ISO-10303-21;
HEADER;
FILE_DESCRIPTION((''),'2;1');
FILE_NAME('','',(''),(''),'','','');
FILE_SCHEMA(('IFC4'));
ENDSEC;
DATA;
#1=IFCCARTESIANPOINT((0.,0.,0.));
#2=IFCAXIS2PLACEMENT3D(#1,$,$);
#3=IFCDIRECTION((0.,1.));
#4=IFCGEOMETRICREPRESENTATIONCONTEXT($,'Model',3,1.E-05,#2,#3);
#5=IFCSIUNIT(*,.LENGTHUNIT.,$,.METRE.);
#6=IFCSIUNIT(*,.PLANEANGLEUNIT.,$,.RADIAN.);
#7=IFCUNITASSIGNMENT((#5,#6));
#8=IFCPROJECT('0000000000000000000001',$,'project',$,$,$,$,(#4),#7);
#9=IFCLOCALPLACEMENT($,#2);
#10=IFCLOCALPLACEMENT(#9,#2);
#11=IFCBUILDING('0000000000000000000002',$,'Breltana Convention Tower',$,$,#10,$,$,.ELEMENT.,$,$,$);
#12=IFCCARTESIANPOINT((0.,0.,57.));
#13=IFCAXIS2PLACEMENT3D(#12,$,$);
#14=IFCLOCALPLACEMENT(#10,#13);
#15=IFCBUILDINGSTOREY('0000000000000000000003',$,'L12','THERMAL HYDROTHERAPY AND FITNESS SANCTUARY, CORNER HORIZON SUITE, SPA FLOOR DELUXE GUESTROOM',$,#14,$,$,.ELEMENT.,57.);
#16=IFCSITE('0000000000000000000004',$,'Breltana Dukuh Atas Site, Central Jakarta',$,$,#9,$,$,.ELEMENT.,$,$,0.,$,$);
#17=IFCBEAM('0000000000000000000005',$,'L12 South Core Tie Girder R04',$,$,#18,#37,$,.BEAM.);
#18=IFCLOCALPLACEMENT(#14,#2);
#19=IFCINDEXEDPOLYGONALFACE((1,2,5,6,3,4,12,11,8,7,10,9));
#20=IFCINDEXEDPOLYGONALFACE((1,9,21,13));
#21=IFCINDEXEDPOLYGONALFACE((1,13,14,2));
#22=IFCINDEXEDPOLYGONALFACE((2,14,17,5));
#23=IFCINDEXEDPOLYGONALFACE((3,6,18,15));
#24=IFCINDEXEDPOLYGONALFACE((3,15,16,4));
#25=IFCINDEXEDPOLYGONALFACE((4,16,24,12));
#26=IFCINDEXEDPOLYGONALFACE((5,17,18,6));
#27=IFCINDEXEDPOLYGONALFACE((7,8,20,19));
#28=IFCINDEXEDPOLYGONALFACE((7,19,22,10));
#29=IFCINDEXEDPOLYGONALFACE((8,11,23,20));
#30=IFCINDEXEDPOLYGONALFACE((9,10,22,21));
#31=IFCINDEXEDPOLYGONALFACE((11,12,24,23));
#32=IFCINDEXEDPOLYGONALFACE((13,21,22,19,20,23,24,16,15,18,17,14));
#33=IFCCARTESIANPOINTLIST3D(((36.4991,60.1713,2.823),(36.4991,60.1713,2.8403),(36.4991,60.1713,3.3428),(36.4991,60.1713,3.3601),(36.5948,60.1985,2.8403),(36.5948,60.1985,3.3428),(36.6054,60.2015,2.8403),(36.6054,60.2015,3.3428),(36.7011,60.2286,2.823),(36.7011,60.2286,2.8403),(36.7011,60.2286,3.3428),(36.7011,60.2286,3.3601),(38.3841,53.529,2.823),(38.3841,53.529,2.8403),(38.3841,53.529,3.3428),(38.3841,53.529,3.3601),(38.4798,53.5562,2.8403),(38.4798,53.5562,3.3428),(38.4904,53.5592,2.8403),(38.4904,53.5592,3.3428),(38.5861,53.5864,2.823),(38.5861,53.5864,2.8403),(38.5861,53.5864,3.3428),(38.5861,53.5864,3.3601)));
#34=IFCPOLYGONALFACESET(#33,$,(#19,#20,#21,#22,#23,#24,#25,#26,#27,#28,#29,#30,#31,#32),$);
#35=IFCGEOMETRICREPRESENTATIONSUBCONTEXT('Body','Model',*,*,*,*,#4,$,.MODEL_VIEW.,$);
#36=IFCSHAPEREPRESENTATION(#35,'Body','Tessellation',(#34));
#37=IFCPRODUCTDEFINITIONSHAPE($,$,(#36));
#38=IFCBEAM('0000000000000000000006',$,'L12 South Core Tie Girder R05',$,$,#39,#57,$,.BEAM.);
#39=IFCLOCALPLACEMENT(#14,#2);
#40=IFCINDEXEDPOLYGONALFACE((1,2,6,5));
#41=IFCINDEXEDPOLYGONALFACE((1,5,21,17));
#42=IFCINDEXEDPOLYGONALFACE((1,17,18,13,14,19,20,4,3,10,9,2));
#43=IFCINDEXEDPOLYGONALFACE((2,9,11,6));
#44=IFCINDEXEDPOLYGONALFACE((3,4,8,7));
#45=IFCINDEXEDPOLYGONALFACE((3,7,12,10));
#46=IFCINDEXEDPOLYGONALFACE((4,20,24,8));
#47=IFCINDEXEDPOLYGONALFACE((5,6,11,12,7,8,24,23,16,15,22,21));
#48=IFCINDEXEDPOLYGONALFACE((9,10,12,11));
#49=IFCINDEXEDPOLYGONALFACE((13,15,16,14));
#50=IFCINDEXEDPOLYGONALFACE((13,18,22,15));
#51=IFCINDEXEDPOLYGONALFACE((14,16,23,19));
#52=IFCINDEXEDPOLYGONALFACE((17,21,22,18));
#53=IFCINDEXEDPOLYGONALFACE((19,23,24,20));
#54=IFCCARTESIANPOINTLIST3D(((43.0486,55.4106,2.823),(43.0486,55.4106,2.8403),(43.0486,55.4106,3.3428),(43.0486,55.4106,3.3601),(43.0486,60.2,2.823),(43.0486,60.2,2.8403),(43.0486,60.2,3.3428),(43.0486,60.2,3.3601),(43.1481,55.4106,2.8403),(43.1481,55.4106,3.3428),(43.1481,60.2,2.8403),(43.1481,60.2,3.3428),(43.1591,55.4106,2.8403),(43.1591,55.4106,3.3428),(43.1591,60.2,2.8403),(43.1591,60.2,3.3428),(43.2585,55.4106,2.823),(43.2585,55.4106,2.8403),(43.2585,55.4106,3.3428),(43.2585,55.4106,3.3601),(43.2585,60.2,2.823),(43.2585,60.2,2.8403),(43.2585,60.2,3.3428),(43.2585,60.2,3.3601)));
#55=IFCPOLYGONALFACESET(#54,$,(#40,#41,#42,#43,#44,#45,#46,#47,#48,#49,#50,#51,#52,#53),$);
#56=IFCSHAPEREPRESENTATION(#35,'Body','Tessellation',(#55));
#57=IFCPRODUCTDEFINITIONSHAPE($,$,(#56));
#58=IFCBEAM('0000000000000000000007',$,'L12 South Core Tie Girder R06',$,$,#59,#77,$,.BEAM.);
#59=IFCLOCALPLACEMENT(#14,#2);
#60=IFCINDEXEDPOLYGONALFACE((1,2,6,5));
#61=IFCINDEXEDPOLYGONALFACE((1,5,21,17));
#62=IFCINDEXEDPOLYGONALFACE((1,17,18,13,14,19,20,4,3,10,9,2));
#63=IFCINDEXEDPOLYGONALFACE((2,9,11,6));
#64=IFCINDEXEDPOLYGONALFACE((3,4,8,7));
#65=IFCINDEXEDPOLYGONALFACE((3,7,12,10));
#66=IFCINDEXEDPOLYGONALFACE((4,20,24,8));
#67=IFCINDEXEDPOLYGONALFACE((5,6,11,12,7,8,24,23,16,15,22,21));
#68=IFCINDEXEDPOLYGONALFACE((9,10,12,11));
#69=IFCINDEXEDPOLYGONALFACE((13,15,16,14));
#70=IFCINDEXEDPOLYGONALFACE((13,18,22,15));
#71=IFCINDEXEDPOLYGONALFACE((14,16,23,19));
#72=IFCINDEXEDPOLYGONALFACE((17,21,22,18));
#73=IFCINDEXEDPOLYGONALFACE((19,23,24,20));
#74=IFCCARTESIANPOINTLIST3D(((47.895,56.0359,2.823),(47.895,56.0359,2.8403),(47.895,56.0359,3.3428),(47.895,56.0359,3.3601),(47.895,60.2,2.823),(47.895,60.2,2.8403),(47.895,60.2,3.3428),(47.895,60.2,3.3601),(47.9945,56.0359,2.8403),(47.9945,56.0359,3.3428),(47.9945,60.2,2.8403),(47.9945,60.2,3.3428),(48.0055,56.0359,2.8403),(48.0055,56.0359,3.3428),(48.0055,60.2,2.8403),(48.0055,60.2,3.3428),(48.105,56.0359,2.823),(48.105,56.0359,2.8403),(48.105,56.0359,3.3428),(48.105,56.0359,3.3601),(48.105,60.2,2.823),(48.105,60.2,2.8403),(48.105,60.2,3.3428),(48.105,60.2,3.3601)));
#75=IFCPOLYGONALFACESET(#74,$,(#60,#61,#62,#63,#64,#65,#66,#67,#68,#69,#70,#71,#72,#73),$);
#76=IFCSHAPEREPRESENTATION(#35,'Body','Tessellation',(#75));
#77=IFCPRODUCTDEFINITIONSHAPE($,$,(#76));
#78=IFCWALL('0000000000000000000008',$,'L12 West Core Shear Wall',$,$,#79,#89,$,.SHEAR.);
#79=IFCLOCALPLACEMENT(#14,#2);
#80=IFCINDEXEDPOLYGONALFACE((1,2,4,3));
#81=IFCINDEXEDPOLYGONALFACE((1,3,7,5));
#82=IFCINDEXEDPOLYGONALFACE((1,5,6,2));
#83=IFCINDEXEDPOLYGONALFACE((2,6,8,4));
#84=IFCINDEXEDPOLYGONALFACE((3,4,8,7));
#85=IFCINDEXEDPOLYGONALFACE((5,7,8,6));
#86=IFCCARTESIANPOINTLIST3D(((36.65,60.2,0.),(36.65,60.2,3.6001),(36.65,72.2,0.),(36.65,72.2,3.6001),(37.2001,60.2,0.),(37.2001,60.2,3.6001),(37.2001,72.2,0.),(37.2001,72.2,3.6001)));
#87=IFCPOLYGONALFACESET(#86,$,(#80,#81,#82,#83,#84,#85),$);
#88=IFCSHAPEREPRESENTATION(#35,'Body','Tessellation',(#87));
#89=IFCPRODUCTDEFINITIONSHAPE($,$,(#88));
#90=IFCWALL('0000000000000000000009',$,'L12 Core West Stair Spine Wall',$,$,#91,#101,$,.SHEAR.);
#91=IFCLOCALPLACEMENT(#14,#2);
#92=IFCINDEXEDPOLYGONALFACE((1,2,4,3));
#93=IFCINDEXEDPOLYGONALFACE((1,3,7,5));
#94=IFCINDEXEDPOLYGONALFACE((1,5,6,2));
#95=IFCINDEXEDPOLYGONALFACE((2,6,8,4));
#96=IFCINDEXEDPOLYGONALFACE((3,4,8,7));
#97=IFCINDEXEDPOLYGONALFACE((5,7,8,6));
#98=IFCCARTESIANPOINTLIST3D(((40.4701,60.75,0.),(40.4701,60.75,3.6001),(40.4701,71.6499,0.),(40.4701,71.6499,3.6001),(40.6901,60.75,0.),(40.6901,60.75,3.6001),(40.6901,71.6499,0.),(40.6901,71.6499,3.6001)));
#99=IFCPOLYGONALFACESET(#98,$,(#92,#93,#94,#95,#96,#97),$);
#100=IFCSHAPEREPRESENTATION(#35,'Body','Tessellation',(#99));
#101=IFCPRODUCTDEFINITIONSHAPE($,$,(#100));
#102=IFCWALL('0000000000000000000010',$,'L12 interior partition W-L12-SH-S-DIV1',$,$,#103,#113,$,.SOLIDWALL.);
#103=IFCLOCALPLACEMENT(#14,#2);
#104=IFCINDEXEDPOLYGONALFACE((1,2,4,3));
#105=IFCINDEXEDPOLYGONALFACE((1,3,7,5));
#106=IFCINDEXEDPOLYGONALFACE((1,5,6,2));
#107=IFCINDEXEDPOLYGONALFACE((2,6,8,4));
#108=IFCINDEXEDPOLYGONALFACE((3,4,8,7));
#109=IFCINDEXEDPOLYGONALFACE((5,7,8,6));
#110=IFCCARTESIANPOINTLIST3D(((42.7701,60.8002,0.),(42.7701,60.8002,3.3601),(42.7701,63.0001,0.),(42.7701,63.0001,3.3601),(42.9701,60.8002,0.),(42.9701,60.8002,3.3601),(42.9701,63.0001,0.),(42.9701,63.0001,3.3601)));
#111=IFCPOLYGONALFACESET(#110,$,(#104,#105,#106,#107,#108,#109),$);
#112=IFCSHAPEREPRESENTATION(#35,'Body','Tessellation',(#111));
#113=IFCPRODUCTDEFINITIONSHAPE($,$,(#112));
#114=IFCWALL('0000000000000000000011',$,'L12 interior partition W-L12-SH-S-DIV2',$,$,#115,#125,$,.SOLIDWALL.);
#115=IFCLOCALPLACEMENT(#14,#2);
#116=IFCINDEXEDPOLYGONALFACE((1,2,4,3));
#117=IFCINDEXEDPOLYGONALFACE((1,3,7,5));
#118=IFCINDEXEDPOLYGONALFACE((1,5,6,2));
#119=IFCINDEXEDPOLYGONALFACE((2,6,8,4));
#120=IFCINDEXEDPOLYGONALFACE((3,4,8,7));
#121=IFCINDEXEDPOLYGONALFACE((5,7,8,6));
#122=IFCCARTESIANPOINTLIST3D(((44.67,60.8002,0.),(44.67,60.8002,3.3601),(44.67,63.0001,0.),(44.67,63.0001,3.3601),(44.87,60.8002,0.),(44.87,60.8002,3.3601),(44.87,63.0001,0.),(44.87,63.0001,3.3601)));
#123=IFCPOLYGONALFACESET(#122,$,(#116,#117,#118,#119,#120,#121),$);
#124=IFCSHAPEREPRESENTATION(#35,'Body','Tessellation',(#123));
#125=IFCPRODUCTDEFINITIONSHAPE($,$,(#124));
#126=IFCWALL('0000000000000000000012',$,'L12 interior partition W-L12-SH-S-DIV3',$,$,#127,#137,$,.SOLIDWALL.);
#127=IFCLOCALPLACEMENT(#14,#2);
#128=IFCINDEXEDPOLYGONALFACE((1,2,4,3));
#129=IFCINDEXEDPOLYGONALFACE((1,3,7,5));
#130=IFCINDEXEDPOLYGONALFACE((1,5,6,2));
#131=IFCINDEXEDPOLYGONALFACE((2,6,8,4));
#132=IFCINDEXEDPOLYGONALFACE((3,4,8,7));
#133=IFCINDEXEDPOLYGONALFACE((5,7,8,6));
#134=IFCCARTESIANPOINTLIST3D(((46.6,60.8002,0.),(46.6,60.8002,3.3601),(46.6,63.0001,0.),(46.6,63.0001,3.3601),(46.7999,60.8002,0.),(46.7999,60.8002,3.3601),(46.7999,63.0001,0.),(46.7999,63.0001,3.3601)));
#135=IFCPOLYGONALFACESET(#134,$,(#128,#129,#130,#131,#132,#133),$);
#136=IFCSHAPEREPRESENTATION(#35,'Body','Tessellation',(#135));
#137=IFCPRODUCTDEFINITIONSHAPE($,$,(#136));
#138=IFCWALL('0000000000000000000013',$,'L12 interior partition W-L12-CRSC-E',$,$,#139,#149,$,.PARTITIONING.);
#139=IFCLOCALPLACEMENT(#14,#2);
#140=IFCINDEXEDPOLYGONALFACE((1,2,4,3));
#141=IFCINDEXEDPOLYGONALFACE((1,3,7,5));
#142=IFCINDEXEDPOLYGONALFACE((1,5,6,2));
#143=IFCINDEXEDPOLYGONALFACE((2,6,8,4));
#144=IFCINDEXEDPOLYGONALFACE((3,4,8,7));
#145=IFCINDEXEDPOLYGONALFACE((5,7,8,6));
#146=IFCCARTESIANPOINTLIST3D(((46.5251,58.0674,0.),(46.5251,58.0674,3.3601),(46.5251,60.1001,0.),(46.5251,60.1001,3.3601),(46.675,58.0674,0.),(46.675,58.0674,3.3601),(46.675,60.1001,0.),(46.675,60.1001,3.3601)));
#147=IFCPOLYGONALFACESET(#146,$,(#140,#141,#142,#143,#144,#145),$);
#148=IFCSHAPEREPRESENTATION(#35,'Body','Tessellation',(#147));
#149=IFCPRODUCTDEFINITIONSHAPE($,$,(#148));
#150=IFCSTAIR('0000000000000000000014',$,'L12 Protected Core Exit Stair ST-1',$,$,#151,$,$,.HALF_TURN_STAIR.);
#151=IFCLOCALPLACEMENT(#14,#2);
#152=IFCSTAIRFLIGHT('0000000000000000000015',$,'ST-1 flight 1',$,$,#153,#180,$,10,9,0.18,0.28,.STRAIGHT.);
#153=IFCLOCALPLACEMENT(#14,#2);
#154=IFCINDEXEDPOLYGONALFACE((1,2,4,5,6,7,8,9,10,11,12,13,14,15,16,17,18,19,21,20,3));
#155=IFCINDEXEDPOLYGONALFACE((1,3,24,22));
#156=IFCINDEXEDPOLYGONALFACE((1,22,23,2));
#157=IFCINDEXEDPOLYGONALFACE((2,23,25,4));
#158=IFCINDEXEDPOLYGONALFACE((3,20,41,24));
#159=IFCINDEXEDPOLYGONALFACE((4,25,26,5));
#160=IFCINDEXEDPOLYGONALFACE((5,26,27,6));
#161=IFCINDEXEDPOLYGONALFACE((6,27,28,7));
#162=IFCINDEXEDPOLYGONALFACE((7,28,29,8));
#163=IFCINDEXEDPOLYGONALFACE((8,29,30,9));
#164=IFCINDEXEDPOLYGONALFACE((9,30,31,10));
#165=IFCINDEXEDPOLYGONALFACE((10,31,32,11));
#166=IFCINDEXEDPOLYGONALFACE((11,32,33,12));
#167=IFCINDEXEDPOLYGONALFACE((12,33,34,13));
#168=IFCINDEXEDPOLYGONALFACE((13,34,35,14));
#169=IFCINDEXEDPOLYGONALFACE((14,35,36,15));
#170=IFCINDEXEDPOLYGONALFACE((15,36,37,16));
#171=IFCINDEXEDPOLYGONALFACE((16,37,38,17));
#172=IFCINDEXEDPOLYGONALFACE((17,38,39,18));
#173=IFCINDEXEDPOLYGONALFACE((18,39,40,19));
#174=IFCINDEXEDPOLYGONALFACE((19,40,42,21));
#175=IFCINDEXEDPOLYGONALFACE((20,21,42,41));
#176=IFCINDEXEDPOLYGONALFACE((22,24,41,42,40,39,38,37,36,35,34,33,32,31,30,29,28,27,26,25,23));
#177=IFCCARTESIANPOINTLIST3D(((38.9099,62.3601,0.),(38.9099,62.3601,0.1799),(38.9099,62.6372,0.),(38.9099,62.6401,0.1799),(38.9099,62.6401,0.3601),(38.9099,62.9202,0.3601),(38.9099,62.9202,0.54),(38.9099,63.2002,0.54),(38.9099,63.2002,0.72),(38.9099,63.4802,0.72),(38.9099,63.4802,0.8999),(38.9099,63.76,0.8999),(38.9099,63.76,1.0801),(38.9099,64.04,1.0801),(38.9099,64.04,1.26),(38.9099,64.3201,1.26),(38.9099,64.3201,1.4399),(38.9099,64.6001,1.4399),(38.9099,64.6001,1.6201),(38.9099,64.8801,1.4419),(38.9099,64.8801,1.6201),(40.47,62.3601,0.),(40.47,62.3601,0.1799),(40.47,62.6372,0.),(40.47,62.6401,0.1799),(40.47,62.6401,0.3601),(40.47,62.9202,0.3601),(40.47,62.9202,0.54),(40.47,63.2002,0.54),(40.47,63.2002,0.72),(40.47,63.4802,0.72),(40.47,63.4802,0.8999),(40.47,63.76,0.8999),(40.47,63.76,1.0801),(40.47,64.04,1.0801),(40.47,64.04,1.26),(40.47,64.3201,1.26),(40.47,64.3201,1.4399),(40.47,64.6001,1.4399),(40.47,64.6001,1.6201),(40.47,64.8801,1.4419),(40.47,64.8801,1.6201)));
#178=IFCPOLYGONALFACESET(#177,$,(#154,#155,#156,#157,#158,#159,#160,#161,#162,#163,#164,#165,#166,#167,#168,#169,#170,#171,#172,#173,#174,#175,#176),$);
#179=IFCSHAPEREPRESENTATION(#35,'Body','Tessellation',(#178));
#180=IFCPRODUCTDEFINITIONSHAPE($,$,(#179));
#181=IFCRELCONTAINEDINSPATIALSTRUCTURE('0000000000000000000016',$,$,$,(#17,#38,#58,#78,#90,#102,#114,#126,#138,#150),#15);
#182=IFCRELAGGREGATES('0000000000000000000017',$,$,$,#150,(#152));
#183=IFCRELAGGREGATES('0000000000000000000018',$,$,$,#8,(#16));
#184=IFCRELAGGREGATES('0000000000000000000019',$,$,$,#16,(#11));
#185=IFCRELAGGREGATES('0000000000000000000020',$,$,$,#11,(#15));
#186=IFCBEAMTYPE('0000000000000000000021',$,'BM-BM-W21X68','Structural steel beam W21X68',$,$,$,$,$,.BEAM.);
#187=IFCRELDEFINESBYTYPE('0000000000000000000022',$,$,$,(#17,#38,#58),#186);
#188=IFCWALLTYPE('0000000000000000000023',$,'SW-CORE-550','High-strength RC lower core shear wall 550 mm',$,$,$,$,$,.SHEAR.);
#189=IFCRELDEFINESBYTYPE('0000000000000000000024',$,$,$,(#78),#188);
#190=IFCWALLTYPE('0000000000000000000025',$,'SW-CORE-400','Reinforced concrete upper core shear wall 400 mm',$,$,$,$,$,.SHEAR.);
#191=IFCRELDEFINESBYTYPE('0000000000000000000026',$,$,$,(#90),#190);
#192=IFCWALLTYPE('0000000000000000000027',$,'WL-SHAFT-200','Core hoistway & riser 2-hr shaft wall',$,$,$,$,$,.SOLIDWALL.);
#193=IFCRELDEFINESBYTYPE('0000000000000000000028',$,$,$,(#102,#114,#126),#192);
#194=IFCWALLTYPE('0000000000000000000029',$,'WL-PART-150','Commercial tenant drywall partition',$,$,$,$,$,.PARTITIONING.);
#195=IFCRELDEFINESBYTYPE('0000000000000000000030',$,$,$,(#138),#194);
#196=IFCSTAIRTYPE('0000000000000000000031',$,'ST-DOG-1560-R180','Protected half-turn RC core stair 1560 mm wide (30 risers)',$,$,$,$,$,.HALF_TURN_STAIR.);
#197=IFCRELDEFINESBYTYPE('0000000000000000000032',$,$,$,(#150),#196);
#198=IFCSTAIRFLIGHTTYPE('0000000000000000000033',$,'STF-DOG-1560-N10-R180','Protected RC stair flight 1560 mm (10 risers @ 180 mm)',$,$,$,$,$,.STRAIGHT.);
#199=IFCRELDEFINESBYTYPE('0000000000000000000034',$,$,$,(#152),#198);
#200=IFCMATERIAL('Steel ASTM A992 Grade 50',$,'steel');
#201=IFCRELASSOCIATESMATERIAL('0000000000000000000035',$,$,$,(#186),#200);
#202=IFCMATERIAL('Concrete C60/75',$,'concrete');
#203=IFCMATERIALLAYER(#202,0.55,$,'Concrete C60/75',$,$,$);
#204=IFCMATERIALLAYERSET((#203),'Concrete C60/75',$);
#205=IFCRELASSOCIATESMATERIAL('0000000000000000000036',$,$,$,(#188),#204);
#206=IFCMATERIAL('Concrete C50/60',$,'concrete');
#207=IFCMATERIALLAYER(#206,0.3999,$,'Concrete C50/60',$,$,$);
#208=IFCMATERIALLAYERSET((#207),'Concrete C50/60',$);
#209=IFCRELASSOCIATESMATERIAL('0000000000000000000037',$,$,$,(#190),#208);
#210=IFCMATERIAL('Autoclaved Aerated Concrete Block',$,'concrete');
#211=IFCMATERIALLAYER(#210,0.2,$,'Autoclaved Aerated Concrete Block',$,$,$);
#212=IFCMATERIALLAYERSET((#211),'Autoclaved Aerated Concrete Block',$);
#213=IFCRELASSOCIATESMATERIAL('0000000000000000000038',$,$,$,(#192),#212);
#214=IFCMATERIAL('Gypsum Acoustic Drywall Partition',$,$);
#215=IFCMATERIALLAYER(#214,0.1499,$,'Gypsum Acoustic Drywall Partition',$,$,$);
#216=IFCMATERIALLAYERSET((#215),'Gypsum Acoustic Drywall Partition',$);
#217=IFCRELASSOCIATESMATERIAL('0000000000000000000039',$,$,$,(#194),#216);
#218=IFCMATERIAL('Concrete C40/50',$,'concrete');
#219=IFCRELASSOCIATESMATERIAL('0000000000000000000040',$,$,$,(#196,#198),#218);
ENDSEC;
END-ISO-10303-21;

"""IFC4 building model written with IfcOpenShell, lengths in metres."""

from ifc_helpers import new_model, si_unit, direction, frame, frame_2d, origin, origin_2d, place, context, subcontext, project, spatial, polyline, rectangle, i_section, outline, extrude, source, transform, mapped, material, layer, layer_set, material_profile, profile_set, type_object, type_shapes, element, aggregate, save


model = new_model("IFC4")

# Units and contexts
model_context = context("Model", 3, precision=1e-05, world=origin(), true_north=direction((0.0, 1.0)))
body_context = subcontext(model_context, "Body", "Model", "MODEL_VIEW")
ifc_project = project(units=[si_unit("LENGTHUNIT", "METRE"), si_unit("PLANEANGLEUNIT", "RADIAN")], contexts=[model_context])

# Site, building, storey
site_placement = place(None, origin())
site = spatial("IfcSite", under=ifc_project, at=site_placement, Name="Breltana Dukuh Atas Site, Central Jakarta", CompositionType="ELEMENT", RefElevation=0.0)
building_placement = place(site_placement, origin())
building = spatial("IfcBuilding", under=site, at=building_placement, Name="Breltana Convention Tower", CompositionType="ELEMENT")
storey_placement = place(building_placement, frame((0.0, 0.0, 57.0)))
storey = spatial("IfcBuildingStorey", under=building, at=storey_placement, Name="L12", Description="THERMAL HYDROTHERAPY AND FITNESS SANCTUARY, CORNER HORIZON SUITE, SPA FLOOR DELUXE GUESTROOM", CompositionType="ELEMENT", Elevation=57.0)

# Beams
ifc_material_1 = material(Name="Steel ASTM A992 Grade 50", Category="steel")
ifc_material_profile = material_profile(ifc_material_1, i_section(OverallWidth=0.21, OverallDepth=0.5371, WebThickness=0.011, FlangeThickness=0.0173, at=origin_2d()), Name="W21X68")
ifc_profile_set = profile_set([ifc_material_profile], Name="Steel ASTM A992 Grade 50")
beam_type = type_object("IfcBeamType", Name="BM-BM-W21X68", Description="Structural steel beam W21X68", PredefinedType="BEAM", material=ifc_profile_set)
shared_shape_1 = source(origin(), body_context, "Body", "SweptSolid", [
    extrude(i_section(OverallWidth=0.21, OverallDepth=0.5371, WebThickness=0.011, FlangeThickness=0.0173, at=origin_2d()), origin(), (0.0, 0.0, 1.0), 6.9045),
])
type_shapes(beam_type, [shared_shape_1])
beam_1_placement = place(storey_placement, frame((36.6001, 60.2, 3.0916), z_axis=(0.273007, -0.962012, 0.0), x_axis=(0.962012, 0.273007, 0.0)))
element("IfcBeam", 1, at=beam_1_placement, inside=storey, type_object=beam_type, Name="L12 South Core Tie Girder R04", PredefinedType="BEAM", context=body_context, shape_type="MappedRepresentation", body=[
    mapped(shared_shape_1, transform((0.0, 0.0, 0.0), scale=1.0)),
])
shared_shape_2 = source(origin(), body_context, "Body", "SweptSolid", [
    extrude(i_section(OverallWidth=0.21, OverallDepth=0.5371, WebThickness=0.011, FlangeThickness=0.0173, at=origin_2d()), origin(), (0.0, 0.0, 1.0), 4.7893),
])
beam_2_placement = place(storey_placement, frame((43.1536, 60.2, 3.0916), z_axis=(0.0, -1.0, 0.0), x_axis=(1.0, 0.0, 0.0)))
element("IfcBeam", 2, at=beam_2_placement, inside=storey, type_object=beam_type, Name="L12 South Core Tie Girder R05", PredefinedType="BEAM", context=body_context, shape_type="MappedRepresentation", body=[
    mapped(shared_shape_2, transform((0.0, 0.0, 0.0), scale=1.0)),
])
shared_shape_3 = source(origin(), body_context, "Body", "SweptSolid", [
    extrude(i_section(OverallWidth=0.21, OverallDepth=0.5371, WebThickness=0.011, FlangeThickness=0.0173, at=origin_2d()), origin(), (0.0, 0.0, 1.0), 4.1641),
])
beam_3_placement = place(storey_placement, frame((48.0, 60.2, 3.0916), z_axis=(0.0, -1.0, 0.0), x_axis=(1.0, 0.0, 0.0)))
element("IfcBeam", 3, at=beam_3_placement, inside=storey, type_object=beam_type, Name="L12 South Core Tie Girder R06", PredefinedType="BEAM", context=body_context, shape_type="MappedRepresentation", body=[
    mapped(shared_shape_3, transform((0.0, 0.0, 0.0), scale=1.0)),
])

# Wall
ifc_material_2 = material(Name="Concrete C60/75", Category="concrete")
ifc_layer_1 = layer(ifc_material_2, 0.55, Name="Concrete C60/75")
ifc_layer_set_1 = layer_set([ifc_layer_1], Name="Concrete C60/75")
wall_type_1 = type_object("IfcWallType", Name="SW-CORE-550", Description="High-strength RC lower core shear wall 550 mm", PredefinedType="SHEAR", material=ifc_layer_set_1)
shared_shape_4 = source(origin(), body_context, "Body", "SweptSolid", [
    extrude(rectangle(XDim=12.0, YDim=0.55, at=frame_2d((6.0, 0.0))), origin(), (0.0, 0.0, 1.0), 3.6001),
])
wall_1_placement = place(storey_placement, frame((36.925, 60.2, 0.0), z_axis=(0.0, 0.0, 1.0), x_axis=(0.0, 1.0, 0.0)))
element("IfcWall", 4, at=wall_1_placement, inside=storey, type_object=wall_type_1, Name="L12 West Core Shear Wall", PredefinedType="SHEAR", context=body_context, shape_type="MappedRepresentation", body=[
    mapped(shared_shape_4, transform((0.0, 0.0, 0.0), scale=1.0)),
])

# Walls
ifc_material_3 = material(Name="Concrete C50/60", Category="concrete")
ifc_layer_2 = layer(ifc_material_3, 0.3999, Name="Concrete C50/60")
ifc_layer_set_2 = layer_set([ifc_layer_2], Name="Concrete C50/60")
wall_type_2 = type_object("IfcWallType", Name="SW-CORE-400", Description="Reinforced concrete upper core shear wall 400 mm", PredefinedType="SHEAR", material=ifc_layer_set_2)
shared_shape_5 = source(origin(), body_context, "Body", "SweptSolid", [
    extrude(rectangle(XDim=10.8999, YDim=0.22, at=frame_2d((5.45, 0.0))), origin(), (0.0, 0.0, 1.0), 3.6001),
])
wall_2_placement = place(storey_placement, frame((40.5801, 60.75, 0.0), z_axis=(0.0, 0.0, 1.0), x_axis=(0.0, 1.0, 0.0)))
element("IfcWall", 5, at=wall_2_placement, inside=storey, type_object=wall_type_2, Name="L12 Core West Stair Spine Wall", PredefinedType="SHEAR", context=body_context, shape_type="MappedRepresentation", body=[
    mapped(shared_shape_5, transform((0.0, 0.0, 0.0), scale=1.0)),
])
ifc_material_4 = material(Name="Autoclaved Aerated Concrete Block", Category="concrete")
ifc_layer_3 = layer(ifc_material_4, 0.2, Name="Autoclaved Aerated Concrete Block")
ifc_layer_set_3 = layer_set([ifc_layer_3], Name="Autoclaved Aerated Concrete Block")
wall_type_3 = type_object("IfcWallType", Name="WL-SHAFT-200", Description="Core hoistway & riser 2-hr shaft wall", PredefinedType="SOLIDWALL", material=ifc_layer_set_3)
shared_shape_6 = source(origin(), body_context, "Body", "SweptSolid", [
    extrude(rectangle(XDim=2.2, YDim=0.2, at=frame_2d((1.1001, 0.0))), origin(), (0.0, 0.0, 1.0), 3.3601),
])
for number, where, z_axis, x_axis, name in (
    (6, (42.8701, 60.8, 0.0), (0.0, 0.0, 1.0), (0.0, 1.0, 0.0), "L12 interior partition W-L12-SH-S-DIV1"),
    (7, (44.77, 60.8, 0.0), (0.0, 0.0, 1.0), (0.0, 1.0, 0.0), "L12 interior partition W-L12-SH-S-DIV2"),
    (8, (46.7, 60.8, 0.0), (0.0, 0.0, 1.0), (0.0, 1.0, 0.0), "L12 interior partition W-L12-SH-S-DIV3"),
):
    element("IfcWall", number, at=place(storey_placement, frame(where, z_axis=z_axis, x_axis=x_axis)), inside=storey, type_object=wall_type_3, Name=name, PredefinedType="SOLIDWALL", context=body_context, shape_type="MappedRepresentation", body=[
        mapped(shared_shape_6, transform((0.0, 0.0, 0.0), scale=1.0)),
    ])
ifc_material_5 = material(Name="Gypsum Acoustic Drywall Partition")
ifc_layer_4 = layer(ifc_material_5, 0.1499, Name="Gypsum Acoustic Drywall Partition")
ifc_layer_set_4 = layer_set([ifc_layer_4], Name="Gypsum Acoustic Drywall Partition")
wall_type_4 = type_object("IfcWallType", Name="WL-PART-150", Description="Commercial tenant drywall partition", PredefinedType="PARTITIONING", material=ifc_layer_set_4)
shared_shape_7 = source(origin(), body_context, "Body", "SweptSolid", [
    extrude(rectangle(XDim=2.0327, YDim=0.1499, at=frame_2d((1.0164, 0.0))), origin(), (0.0, 0.0, 1.0), 3.3601),
])
wall_3_placement = place(storey_placement, frame((46.6001, 58.0674, 0.0), z_axis=(0.0, 0.0, 1.0), x_axis=(0.0, 1.0, 0.0)))
element("IfcWall", 9, at=wall_3_placement, inside=storey, type_object=wall_type_4, Name="L12 interior partition W-L12-CRSC-E", PredefinedType="PARTITIONING", context=body_context, shape_type="MappedRepresentation", body=[
    mapped(shared_shape_7, transform((0.0, 0.0, 0.0), scale=1.0)),
])

# Stair, stair flight
ifc_material_6 = material(Name="Concrete C40/50", Category="concrete")
stair_type = type_object("IfcStairType", Name="ST-DOG-1560-R180", Description="Protected half-turn RC core stair 1560 mm wide (30 risers)", PredefinedType="HALF_TURN_STAIR", material=ifc_material_6)
stair_placement = place(storey_placement, origin())
stair = element("IfcStair", 10, at=stair_placement, inside=storey, type_object=stair_type, Name="L12 Protected Core Exit Stair ST-1", PredefinedType="HALF_TURN_STAIR")
stair_flight_type = type_object("IfcStairFlightType", Name="STF-DOG-1560-N10-R180", Description="Protected RC stair flight 1560 mm (10 risers @ 180 mm)", PredefinedType="STRAIGHT", material=ifc_material_6)
stair_flight_placement = place(storey_placement, frame((39.6899, 62.3601, 0.0), z_axis=(0.0, 0.0, 1.0), x_axis=(0.0, 1.0, 0.0)))
stair_flight = element("IfcStairFlight", 11, at=stair_flight_placement, type_object=stair_flight_type, Name="ST-1 flight 1", NumberOfRisers=10, NumberOfTreads=9, PredefinedType="STRAIGHT", RiserHeight=0.18, TreadLength=0.28, context=body_context, shape_type="SweptSolid", body=[
    extrude(outline(polyline([(0.0, 0.0), (0.0, 0.1799), (0.28, 0.1799), (0.28, 0.3601), (0.5601, 0.3601), (0.5601, 0.54), (0.8401, 0.54), (0.8401, 0.72), (1.1201, 0.72), (1.1201, 0.8999), (1.3999, 0.8999), (1.3999, 1.0801), (1.6799, 1.0801), (1.6799, 1.26), (1.96, 1.26), (1.96, 1.4399), (2.24, 1.4399), (2.24, 1.6201), (2.52, 1.6201), (2.52, 1.8), (2.52, 1.4419), (0.2771, 0.0), (0.0, 0.0)])), frame((0.0, 0.78, 0.0), z_axis=(0.0, -1.0, 0.0), x_axis=(1.0, 0.0, 0.0)), (0.0, 0.0, 1.0), 1.5601),
])
aggregate(stair, [stair_flight])

save(model, "model.ifc")
